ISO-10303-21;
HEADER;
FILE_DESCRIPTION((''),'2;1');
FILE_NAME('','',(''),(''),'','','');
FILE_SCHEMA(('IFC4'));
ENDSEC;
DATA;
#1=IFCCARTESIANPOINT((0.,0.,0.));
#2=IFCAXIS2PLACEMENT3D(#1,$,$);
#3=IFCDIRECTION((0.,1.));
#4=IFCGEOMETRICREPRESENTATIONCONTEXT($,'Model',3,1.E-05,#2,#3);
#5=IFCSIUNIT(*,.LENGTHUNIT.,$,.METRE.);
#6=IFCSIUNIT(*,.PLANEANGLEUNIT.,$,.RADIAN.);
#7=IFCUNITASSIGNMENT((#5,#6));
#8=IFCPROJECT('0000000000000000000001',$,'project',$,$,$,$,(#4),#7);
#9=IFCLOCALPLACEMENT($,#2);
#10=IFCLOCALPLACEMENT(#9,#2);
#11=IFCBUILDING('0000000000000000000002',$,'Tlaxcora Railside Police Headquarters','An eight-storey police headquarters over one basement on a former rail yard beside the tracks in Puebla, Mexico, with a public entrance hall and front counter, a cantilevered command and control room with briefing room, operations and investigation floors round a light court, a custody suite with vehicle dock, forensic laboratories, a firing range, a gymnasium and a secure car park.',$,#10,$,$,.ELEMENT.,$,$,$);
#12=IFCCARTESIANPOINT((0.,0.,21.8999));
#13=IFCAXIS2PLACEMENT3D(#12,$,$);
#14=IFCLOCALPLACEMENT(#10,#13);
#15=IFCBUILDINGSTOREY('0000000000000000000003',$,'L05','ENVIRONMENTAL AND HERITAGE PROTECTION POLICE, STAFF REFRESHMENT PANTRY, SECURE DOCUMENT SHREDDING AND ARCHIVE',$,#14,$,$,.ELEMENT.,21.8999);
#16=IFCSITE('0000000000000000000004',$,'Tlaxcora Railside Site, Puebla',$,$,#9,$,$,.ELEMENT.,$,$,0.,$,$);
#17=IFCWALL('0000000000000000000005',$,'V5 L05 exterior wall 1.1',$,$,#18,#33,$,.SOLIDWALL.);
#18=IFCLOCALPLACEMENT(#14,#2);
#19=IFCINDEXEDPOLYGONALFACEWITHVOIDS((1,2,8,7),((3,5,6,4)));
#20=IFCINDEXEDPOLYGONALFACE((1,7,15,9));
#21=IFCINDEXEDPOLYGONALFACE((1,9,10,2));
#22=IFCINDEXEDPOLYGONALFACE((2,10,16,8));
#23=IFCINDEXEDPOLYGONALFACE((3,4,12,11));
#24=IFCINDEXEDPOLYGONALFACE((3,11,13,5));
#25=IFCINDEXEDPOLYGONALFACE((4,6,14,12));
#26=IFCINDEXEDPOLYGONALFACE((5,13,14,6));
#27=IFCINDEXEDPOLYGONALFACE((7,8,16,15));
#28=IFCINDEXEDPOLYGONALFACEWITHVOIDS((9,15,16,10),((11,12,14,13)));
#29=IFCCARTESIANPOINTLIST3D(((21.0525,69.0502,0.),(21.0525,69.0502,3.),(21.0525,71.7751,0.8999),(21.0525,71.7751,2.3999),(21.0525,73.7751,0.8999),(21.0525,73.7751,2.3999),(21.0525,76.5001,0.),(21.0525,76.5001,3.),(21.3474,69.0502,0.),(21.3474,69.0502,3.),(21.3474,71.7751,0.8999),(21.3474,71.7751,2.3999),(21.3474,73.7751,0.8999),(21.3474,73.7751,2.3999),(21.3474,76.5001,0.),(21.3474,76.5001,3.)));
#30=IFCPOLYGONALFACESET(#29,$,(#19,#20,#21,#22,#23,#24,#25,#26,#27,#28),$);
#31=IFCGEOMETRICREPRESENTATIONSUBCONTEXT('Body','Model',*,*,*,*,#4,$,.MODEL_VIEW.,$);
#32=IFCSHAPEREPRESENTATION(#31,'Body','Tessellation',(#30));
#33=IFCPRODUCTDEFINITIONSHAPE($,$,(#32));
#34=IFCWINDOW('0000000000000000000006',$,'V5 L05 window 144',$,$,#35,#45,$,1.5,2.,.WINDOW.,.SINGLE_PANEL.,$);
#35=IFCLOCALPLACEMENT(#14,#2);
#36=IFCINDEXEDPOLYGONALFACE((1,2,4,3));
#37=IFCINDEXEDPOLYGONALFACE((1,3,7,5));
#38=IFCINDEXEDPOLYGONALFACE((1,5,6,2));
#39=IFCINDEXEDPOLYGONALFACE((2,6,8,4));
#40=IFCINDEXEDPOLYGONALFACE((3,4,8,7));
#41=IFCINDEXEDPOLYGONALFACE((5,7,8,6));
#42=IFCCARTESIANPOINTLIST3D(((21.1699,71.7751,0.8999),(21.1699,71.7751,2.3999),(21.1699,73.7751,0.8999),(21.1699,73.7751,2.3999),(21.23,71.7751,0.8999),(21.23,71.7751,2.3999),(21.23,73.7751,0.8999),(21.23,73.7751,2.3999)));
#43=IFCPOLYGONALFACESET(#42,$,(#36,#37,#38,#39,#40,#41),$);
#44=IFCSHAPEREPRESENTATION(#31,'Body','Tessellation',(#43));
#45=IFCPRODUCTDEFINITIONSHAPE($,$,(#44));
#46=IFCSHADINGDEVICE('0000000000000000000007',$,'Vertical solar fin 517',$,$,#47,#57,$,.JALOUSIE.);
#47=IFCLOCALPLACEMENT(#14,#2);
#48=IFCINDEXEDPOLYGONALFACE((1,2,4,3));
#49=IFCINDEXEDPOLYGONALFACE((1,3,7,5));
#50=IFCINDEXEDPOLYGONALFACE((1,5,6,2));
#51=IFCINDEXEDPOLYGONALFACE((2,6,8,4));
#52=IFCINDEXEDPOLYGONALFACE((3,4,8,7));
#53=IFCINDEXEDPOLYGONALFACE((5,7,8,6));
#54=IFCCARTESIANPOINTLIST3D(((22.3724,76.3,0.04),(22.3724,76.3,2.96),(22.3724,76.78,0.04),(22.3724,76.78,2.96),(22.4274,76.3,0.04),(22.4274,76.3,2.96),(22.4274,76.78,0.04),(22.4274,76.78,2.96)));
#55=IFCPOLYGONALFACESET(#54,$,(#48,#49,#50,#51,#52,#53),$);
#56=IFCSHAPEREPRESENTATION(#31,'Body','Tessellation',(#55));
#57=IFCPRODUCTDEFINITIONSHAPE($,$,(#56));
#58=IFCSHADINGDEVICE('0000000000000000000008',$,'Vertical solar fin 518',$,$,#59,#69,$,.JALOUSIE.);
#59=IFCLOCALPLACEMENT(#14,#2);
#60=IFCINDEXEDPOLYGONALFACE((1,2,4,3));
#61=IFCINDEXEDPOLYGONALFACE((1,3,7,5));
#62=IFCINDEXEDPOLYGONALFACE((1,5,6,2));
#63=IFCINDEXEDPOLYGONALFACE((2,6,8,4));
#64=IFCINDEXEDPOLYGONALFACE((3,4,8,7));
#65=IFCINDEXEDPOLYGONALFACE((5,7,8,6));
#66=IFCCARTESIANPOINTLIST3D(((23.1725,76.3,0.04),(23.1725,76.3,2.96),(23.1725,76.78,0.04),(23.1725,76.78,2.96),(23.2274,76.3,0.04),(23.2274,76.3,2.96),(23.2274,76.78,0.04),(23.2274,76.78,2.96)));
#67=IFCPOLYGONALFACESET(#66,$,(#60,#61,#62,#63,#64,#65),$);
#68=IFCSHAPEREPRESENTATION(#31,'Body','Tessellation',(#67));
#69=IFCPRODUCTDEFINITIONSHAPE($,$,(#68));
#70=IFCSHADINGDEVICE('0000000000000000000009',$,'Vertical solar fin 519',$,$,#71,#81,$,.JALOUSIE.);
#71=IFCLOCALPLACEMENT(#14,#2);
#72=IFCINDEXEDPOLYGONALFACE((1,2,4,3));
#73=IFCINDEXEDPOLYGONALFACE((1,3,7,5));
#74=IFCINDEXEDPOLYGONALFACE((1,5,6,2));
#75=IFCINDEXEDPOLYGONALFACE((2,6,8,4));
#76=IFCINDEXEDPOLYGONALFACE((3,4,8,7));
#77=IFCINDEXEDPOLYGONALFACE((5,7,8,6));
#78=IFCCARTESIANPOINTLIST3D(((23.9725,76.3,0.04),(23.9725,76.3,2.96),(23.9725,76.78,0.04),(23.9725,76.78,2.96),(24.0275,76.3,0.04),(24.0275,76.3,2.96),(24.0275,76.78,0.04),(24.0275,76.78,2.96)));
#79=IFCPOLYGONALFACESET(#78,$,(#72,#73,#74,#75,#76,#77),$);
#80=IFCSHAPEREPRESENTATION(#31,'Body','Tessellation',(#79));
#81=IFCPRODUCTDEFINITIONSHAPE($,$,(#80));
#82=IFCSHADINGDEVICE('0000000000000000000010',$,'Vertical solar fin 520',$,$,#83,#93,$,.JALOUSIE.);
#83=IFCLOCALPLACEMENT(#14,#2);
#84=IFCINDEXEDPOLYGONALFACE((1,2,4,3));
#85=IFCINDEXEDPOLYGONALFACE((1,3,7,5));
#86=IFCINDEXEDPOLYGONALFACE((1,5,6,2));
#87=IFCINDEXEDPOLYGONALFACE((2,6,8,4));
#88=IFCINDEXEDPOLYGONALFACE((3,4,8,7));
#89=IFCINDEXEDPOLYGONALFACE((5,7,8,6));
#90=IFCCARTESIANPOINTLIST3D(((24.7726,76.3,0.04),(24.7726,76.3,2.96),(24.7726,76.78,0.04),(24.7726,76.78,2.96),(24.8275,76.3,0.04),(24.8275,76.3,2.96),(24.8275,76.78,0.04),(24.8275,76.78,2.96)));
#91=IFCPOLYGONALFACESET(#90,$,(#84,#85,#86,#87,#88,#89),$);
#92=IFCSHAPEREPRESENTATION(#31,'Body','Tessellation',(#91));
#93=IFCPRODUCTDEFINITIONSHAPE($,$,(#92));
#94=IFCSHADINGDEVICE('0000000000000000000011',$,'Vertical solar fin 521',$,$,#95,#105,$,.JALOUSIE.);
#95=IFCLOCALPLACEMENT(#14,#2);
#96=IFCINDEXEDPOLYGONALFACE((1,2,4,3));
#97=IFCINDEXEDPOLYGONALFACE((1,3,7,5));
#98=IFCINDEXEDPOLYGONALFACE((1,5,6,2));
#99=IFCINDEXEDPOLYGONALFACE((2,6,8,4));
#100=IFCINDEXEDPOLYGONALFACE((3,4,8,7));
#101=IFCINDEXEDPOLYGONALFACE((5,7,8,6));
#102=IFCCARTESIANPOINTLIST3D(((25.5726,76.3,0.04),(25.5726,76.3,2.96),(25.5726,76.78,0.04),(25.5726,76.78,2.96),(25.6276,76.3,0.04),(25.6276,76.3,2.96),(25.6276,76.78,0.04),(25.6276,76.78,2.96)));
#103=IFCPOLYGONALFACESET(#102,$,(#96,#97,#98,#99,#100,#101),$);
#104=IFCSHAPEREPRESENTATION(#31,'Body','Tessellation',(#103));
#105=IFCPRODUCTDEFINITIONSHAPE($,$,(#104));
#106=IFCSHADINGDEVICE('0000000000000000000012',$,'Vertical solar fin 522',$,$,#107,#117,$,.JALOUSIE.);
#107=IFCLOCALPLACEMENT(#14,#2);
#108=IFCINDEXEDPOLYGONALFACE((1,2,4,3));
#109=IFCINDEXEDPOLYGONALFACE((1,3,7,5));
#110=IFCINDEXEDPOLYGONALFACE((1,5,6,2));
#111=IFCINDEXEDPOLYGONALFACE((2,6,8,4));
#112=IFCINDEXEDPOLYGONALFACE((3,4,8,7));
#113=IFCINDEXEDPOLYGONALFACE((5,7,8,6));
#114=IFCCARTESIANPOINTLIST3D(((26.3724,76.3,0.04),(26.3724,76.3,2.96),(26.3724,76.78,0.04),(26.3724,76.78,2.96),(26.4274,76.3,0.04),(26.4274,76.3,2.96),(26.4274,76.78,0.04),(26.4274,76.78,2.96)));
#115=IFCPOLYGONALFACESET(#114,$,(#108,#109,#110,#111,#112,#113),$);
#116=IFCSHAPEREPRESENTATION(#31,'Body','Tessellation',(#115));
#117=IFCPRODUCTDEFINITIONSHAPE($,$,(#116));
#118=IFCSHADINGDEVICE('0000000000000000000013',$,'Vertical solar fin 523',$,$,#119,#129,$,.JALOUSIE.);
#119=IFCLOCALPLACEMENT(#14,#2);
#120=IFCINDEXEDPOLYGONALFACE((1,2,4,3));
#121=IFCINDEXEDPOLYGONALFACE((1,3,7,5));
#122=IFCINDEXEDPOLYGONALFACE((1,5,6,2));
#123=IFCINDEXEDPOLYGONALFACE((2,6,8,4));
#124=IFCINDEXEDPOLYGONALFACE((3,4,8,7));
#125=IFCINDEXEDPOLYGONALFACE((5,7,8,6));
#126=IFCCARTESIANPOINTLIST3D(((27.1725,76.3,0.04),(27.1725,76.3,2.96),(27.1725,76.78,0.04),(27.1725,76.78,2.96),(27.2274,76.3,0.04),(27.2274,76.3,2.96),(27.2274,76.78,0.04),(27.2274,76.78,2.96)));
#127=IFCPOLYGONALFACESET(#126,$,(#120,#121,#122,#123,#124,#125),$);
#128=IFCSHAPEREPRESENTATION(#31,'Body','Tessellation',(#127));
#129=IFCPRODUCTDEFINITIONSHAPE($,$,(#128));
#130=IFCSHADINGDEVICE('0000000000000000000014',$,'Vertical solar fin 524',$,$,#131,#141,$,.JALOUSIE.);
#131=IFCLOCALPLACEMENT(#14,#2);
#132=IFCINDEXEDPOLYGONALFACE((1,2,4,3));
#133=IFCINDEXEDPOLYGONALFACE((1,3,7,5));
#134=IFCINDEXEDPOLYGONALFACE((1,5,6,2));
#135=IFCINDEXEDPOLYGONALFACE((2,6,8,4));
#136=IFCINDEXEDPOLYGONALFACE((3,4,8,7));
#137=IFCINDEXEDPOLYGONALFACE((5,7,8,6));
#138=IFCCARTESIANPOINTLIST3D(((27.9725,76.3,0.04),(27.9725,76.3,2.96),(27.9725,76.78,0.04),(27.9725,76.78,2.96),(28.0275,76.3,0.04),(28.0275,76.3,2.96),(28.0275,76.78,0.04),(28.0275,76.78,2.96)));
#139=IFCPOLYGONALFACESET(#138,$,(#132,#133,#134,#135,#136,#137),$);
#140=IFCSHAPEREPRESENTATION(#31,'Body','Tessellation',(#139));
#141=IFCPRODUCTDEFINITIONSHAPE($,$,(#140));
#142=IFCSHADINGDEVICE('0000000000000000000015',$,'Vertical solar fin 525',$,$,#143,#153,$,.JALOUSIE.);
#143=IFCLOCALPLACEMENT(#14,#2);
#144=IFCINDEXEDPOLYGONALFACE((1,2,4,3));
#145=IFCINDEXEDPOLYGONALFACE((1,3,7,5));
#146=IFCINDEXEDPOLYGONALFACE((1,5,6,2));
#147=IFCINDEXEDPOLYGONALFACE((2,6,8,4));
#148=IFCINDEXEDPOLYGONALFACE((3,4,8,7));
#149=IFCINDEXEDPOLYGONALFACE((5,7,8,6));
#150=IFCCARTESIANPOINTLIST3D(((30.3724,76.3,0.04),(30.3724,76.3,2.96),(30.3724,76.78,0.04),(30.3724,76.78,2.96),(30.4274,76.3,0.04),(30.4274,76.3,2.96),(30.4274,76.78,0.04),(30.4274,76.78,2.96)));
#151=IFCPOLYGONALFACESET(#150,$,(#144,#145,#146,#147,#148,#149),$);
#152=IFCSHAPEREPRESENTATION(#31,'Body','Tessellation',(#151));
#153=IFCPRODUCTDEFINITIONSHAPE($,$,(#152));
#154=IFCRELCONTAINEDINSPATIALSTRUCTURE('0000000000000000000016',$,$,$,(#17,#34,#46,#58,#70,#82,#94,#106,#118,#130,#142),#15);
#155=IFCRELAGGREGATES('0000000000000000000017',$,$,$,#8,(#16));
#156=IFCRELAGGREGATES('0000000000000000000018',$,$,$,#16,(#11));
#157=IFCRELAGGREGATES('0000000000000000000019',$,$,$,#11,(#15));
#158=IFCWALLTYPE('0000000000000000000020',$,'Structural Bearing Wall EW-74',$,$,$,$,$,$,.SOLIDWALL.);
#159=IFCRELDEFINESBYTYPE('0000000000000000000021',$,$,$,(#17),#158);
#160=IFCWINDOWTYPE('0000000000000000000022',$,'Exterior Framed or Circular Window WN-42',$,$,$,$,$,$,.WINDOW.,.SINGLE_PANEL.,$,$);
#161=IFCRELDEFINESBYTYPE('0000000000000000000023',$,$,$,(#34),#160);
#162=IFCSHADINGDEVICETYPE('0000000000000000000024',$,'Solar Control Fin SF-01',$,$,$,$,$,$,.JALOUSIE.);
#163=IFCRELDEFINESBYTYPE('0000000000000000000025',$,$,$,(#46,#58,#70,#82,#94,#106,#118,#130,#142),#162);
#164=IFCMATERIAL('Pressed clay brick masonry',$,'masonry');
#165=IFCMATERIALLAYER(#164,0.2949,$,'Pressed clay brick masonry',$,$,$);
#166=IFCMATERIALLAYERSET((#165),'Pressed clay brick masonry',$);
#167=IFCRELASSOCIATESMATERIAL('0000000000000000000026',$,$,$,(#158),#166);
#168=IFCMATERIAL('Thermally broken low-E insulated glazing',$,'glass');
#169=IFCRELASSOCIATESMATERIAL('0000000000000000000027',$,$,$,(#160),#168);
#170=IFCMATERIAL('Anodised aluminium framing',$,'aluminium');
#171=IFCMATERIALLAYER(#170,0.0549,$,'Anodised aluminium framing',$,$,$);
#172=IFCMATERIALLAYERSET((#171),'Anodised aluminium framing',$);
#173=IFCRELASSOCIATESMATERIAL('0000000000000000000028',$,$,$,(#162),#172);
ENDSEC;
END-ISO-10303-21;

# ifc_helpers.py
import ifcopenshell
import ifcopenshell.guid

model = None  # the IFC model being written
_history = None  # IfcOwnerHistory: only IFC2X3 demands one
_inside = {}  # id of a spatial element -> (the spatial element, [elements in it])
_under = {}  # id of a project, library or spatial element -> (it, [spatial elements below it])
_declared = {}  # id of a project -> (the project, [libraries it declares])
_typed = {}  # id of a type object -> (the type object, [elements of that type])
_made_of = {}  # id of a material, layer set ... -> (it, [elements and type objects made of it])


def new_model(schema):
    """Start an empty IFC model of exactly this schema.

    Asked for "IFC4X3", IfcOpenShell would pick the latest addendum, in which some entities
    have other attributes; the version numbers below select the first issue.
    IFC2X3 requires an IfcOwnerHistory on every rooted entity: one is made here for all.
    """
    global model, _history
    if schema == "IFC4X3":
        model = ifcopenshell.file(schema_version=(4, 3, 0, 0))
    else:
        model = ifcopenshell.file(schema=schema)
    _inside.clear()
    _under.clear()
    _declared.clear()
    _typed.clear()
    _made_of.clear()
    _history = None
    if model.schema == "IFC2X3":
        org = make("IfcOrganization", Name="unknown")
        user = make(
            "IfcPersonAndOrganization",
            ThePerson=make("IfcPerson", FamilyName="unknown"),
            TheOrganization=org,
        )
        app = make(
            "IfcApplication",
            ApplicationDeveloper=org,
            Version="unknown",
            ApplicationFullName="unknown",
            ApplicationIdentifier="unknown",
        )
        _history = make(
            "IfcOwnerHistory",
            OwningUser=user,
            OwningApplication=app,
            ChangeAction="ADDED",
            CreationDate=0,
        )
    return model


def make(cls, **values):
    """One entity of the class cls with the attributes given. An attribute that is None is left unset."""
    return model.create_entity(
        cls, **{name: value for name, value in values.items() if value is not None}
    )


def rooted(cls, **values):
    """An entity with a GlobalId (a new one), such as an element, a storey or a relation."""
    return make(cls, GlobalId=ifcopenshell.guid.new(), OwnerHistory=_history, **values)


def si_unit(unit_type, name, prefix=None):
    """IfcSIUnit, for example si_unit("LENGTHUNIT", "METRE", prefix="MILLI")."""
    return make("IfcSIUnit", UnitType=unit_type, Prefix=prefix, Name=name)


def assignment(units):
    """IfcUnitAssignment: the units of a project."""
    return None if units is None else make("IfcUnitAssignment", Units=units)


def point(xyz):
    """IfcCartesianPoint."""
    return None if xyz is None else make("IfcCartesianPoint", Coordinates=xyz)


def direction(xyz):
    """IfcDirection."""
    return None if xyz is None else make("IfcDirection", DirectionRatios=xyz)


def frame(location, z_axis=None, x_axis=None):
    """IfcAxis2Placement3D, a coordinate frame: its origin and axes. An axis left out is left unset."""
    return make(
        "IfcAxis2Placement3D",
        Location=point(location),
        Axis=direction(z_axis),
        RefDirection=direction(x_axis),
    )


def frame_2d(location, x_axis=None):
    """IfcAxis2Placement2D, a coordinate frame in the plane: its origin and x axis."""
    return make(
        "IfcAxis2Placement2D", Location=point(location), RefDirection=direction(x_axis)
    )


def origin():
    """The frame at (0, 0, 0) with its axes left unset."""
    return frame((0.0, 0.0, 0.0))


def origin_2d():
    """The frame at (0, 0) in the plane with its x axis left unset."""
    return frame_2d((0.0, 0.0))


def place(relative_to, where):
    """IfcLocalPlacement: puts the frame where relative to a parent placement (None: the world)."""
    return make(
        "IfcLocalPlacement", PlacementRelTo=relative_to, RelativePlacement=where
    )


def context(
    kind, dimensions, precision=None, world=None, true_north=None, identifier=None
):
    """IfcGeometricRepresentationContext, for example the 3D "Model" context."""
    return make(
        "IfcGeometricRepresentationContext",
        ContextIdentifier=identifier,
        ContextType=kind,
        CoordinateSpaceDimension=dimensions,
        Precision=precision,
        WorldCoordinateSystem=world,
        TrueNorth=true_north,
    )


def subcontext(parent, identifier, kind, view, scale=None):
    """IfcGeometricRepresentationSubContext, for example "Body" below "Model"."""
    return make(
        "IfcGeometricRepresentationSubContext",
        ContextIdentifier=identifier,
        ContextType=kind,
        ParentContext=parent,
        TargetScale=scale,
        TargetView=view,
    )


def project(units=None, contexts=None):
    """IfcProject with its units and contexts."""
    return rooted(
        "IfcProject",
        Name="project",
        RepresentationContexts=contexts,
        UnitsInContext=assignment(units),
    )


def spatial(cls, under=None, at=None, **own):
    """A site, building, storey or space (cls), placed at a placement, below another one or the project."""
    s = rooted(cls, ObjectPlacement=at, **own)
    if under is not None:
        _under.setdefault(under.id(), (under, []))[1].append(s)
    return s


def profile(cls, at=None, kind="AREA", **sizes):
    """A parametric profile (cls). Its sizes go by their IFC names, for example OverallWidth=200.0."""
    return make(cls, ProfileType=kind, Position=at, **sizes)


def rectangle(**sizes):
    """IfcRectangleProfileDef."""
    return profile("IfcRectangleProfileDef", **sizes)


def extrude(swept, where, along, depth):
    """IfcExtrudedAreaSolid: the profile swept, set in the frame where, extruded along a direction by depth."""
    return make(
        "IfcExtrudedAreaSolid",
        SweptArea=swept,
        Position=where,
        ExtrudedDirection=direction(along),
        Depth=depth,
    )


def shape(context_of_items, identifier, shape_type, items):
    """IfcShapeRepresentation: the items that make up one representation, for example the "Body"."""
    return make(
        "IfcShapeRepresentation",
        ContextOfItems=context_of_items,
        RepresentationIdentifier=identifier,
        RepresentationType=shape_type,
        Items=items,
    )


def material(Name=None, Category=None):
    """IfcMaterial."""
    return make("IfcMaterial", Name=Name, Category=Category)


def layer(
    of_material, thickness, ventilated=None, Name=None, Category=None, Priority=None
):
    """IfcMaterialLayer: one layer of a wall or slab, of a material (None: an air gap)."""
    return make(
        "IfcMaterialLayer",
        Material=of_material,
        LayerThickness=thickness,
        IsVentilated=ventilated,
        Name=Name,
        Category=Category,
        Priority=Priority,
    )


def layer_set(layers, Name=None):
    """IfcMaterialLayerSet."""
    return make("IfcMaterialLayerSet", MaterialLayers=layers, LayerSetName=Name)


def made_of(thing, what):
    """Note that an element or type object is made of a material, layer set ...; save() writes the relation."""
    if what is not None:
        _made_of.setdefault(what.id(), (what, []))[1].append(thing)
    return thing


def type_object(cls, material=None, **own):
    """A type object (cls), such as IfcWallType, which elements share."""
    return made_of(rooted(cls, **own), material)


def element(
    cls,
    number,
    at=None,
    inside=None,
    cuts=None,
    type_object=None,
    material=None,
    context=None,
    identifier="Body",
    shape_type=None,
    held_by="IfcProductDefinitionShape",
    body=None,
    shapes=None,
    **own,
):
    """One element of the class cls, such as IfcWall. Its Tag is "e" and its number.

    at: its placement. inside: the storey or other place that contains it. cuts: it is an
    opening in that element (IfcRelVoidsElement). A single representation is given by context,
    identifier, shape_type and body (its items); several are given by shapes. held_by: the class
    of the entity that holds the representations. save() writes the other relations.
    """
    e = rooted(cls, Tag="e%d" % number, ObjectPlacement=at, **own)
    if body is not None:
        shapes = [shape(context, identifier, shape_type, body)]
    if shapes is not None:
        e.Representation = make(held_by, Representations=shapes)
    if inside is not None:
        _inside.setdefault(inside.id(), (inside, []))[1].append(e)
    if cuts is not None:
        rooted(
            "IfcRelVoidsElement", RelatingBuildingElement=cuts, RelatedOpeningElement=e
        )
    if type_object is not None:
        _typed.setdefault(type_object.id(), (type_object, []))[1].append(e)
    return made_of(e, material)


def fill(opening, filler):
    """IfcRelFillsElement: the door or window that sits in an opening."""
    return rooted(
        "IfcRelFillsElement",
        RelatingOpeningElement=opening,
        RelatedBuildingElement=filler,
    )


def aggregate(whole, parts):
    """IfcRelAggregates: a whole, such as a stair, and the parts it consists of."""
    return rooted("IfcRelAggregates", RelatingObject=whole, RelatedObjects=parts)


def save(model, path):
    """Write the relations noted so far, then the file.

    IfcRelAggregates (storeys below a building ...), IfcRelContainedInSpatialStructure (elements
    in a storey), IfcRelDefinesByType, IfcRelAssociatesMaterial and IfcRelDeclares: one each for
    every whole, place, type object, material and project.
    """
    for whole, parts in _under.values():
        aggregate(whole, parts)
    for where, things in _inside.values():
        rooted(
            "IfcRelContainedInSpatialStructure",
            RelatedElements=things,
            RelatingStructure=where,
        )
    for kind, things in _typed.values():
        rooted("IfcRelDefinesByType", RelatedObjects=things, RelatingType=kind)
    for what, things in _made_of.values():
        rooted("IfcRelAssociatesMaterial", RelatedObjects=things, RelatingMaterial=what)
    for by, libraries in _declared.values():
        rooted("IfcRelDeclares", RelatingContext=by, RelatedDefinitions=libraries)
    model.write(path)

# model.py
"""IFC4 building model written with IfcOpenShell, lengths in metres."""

from ifc_helpers import new_model, si_unit, direction, frame, frame_2d, origin, origin_2d, place, context, subcontext, project, spatial, rectangle, extrude, material, layer, layer_set, type_object, element, fill, save


model = new_model("IFC4")

# Units and contexts
model_context = context("Model", 3, precision=1e-05, world=origin(), true_north=direction((0.0, 1.0)))
body_context = subcontext(model_context, "Body", "Model", "MODEL_VIEW")
ifc_project = project(units=[si_unit("LENGTHUNIT", "METRE"), si_unit("PLANEANGLEUNIT", "RADIAN")], contexts=[model_context])

# Site, building, storey
site_placement = place(None, origin())
site = spatial("IfcSite", under=ifc_project, at=site_placement, Name="Tlaxcora Railside Site, Puebla", CompositionType="ELEMENT", RefElevation=0.0)
building_placement = place(site_placement, origin())
building = spatial("IfcBuilding", under=site, at=building_placement, Name="Tlaxcora Railside Police Headquarters", Description="An eight-storey police headquarters over one basement on a former rail yard beside the tracks in Puebla, Mexico, with a public entrance hall and front counter, a cantilevered command and control room with briefing room, operations and investigation floors round a light court, a custody suite with vehicle dock, forensic laboratories, a firing range, a gymnasium and a secure car park.", CompositionType="ELEMENT")
storey_placement = place(building_placement, frame((0.0, 0.0, 21.8999)))
storey = spatial("IfcBuildingStorey", under=building, at=storey_placement, Name="L05", Description="ENVIRONMENTAL AND HERITAGE PROTECTION POLICE, STAFF REFRESHMENT PANTRY, SECURE DOCUMENT SHREDDING AND ARCHIVE", CompositionType="ELEMENT", Elevation=21.8999)

# Shared definitions
ifc_material_1 = material(Name="Thermally broken low-E insulated glazing", Category="glass")
ifc_material_2 = material(Name="Anodised aluminium framing", Category="aluminium")

# Wall, opening, window
ifc_material_3 = material(Name="Pressed clay brick masonry", Category="masonry")
ifc_layer_1 = layer(ifc_material_3, 0.2949, Name="Pressed clay brick masonry")
ifc_layer_set_1 = layer_set([ifc_layer_1], Name="Pressed clay brick masonry")
wall_type_1 = type_object("IfcWallType", Name="Structural Bearing Wall EW-74", PredefinedType="SOLIDWALL", material=ifc_layer_set_1)
window_type = type_object("IfcWindowType", Name="Exterior Framed or Circular Window WN-42", PartitioningType="SINGLE_PANEL", PredefinedType="WINDOW", material=ifc_material_1)
wall_1_placement = place(storey_placement, frame((21.2, 69.05, 0.0), z_axis=(0.0, 0.0, 1.0), x_axis=(0.0, 1.0, 0.0)))
wall_1 = element("IfcWall", 1, at=wall_1_placement, inside=storey, type_object=wall_type_1, Name="V5 L05 exterior wall 1.1", PredefinedType="SOLIDWALL", context=body_context, shape_type="SweptSolid", body=[
    extrude(rectangle(XDim=7.45, YDim=0.2949, at=frame_2d((3.7251, 0.0))), origin(), (0.0, 0.0, 1.0), 3.0),
])
opening_1_placement = place(wall_1_placement, frame((2.7251, 0.0, 0.8999)))
opening_1 = element("IfcOpeningElement", 2, at=opening_1_placement, cuts=wall_1, PredefinedType="OPENING", context=body_context, shape_type="SweptSolid", body=[
    extrude(rectangle(XDim=2.0, YDim=1.5, at=frame_2d((1.0, 0.75))), frame((0.0, 0.1575, 0.0), z_axis=(0.0, -1.0, 0.0), x_axis=(1.0, 0.0, 0.0)), (0.0, 0.0, 1.0), 0.3149),
])
window_1_placement = place(opening_1_placement, origin())
window_1 = element("IfcWindow", 3, at=window_1_placement, inside=storey, type_object=window_type, Name="V5 L05 window 144", OverallHeight=1.5, OverallWidth=2.0, PartitioningType="SINGLE_PANEL", PredefinedType="WINDOW", context=body_context, shape_type="SweptSolid", body=[
    extrude(rectangle(XDim=2.0, YDim=1.5, at=frame_2d((1.0, 0.75))), frame((0.0, 0.03, 0.0), z_axis=(0.0, -1.0, 0.0), x_axis=(1.0, 0.0, 0.0)), (0.0, 0.0, 1.0), 0.0601),
])
fill(opening_1, window_1)

# Shading devices
ifc_layer_2 = layer(ifc_material_2, 0.0549, Name="Anodised aluminium framing")
ifc_layer_set_2 = layer_set([ifc_layer_2], Name="Anodised aluminium framing")
shading_device_type = type_object("IfcShadingDeviceType", Name="Solar Control Fin SF-01", PredefinedType="JALOUSIE", material=ifc_layer_set_2)
for number, where, z_axis, x_axis, name in (
    (4, (22.3999, 76.54, 0.04), (0.0, 0.0, 1.0), (0.0, -1.0, 0.0), "Vertical solar fin 517"),
    (5, (23.2, 76.54, 0.04), (0.0, 0.0, 1.0), (0.0, -1.0, 0.0), "Vertical solar fin 518"),
    (6, (24.0, 76.54, 0.04), (0.0, 0.0, 1.0), (0.0, -1.0, 0.0), "Vertical solar fin 519"),
    (7, (24.8, 76.54, 0.04), (0.0, 0.0, 1.0), (0.0, -1.0, 0.0), "Vertical solar fin 520"),
    (8, (25.6001, 76.54, 0.04), (0.0, 0.0, 1.0), (0.0, -1.0, 0.0), "Vertical solar fin 521"),
    (9, (26.3999, 76.54, 0.04), (0.0, 0.0, 1.0), (0.0, -1.0, 0.0), "Vertical solar fin 522"),
    (10, (27.2, 76.54, 0.04), (0.0, 0.0, 1.0), (0.0, -1.0, 0.0), "Vertical solar fin 523"),
    (11, (28.0, 76.54, 0.04), (0.0, 0.0, 1.0), (0.0, -1.0, 0.0), "Vertical solar fin 524"),
    (12, (30.3999, 76.54, 0.04), (0.0, 0.0, 1.0), (0.0, -1.0, 0.0), "Vertical solar fin 525"),
):
    element("IfcShadingDevice", number, at=place(storey_placement, frame(where, z_axis=z_axis, x_axis=x_axis)), inside=storey, type_object=shading_device_type, Name=name, PredefinedType="JALOUSIE", context=body_context, shape_type="SweptSolid", body=[
        extrude(rectangle(XDim=0.48, YDim=0.0549, at=origin_2d()), origin(), (0.0, 0.0, 1.0), 2.9199),
    ])

save(model, "model.ifc")
